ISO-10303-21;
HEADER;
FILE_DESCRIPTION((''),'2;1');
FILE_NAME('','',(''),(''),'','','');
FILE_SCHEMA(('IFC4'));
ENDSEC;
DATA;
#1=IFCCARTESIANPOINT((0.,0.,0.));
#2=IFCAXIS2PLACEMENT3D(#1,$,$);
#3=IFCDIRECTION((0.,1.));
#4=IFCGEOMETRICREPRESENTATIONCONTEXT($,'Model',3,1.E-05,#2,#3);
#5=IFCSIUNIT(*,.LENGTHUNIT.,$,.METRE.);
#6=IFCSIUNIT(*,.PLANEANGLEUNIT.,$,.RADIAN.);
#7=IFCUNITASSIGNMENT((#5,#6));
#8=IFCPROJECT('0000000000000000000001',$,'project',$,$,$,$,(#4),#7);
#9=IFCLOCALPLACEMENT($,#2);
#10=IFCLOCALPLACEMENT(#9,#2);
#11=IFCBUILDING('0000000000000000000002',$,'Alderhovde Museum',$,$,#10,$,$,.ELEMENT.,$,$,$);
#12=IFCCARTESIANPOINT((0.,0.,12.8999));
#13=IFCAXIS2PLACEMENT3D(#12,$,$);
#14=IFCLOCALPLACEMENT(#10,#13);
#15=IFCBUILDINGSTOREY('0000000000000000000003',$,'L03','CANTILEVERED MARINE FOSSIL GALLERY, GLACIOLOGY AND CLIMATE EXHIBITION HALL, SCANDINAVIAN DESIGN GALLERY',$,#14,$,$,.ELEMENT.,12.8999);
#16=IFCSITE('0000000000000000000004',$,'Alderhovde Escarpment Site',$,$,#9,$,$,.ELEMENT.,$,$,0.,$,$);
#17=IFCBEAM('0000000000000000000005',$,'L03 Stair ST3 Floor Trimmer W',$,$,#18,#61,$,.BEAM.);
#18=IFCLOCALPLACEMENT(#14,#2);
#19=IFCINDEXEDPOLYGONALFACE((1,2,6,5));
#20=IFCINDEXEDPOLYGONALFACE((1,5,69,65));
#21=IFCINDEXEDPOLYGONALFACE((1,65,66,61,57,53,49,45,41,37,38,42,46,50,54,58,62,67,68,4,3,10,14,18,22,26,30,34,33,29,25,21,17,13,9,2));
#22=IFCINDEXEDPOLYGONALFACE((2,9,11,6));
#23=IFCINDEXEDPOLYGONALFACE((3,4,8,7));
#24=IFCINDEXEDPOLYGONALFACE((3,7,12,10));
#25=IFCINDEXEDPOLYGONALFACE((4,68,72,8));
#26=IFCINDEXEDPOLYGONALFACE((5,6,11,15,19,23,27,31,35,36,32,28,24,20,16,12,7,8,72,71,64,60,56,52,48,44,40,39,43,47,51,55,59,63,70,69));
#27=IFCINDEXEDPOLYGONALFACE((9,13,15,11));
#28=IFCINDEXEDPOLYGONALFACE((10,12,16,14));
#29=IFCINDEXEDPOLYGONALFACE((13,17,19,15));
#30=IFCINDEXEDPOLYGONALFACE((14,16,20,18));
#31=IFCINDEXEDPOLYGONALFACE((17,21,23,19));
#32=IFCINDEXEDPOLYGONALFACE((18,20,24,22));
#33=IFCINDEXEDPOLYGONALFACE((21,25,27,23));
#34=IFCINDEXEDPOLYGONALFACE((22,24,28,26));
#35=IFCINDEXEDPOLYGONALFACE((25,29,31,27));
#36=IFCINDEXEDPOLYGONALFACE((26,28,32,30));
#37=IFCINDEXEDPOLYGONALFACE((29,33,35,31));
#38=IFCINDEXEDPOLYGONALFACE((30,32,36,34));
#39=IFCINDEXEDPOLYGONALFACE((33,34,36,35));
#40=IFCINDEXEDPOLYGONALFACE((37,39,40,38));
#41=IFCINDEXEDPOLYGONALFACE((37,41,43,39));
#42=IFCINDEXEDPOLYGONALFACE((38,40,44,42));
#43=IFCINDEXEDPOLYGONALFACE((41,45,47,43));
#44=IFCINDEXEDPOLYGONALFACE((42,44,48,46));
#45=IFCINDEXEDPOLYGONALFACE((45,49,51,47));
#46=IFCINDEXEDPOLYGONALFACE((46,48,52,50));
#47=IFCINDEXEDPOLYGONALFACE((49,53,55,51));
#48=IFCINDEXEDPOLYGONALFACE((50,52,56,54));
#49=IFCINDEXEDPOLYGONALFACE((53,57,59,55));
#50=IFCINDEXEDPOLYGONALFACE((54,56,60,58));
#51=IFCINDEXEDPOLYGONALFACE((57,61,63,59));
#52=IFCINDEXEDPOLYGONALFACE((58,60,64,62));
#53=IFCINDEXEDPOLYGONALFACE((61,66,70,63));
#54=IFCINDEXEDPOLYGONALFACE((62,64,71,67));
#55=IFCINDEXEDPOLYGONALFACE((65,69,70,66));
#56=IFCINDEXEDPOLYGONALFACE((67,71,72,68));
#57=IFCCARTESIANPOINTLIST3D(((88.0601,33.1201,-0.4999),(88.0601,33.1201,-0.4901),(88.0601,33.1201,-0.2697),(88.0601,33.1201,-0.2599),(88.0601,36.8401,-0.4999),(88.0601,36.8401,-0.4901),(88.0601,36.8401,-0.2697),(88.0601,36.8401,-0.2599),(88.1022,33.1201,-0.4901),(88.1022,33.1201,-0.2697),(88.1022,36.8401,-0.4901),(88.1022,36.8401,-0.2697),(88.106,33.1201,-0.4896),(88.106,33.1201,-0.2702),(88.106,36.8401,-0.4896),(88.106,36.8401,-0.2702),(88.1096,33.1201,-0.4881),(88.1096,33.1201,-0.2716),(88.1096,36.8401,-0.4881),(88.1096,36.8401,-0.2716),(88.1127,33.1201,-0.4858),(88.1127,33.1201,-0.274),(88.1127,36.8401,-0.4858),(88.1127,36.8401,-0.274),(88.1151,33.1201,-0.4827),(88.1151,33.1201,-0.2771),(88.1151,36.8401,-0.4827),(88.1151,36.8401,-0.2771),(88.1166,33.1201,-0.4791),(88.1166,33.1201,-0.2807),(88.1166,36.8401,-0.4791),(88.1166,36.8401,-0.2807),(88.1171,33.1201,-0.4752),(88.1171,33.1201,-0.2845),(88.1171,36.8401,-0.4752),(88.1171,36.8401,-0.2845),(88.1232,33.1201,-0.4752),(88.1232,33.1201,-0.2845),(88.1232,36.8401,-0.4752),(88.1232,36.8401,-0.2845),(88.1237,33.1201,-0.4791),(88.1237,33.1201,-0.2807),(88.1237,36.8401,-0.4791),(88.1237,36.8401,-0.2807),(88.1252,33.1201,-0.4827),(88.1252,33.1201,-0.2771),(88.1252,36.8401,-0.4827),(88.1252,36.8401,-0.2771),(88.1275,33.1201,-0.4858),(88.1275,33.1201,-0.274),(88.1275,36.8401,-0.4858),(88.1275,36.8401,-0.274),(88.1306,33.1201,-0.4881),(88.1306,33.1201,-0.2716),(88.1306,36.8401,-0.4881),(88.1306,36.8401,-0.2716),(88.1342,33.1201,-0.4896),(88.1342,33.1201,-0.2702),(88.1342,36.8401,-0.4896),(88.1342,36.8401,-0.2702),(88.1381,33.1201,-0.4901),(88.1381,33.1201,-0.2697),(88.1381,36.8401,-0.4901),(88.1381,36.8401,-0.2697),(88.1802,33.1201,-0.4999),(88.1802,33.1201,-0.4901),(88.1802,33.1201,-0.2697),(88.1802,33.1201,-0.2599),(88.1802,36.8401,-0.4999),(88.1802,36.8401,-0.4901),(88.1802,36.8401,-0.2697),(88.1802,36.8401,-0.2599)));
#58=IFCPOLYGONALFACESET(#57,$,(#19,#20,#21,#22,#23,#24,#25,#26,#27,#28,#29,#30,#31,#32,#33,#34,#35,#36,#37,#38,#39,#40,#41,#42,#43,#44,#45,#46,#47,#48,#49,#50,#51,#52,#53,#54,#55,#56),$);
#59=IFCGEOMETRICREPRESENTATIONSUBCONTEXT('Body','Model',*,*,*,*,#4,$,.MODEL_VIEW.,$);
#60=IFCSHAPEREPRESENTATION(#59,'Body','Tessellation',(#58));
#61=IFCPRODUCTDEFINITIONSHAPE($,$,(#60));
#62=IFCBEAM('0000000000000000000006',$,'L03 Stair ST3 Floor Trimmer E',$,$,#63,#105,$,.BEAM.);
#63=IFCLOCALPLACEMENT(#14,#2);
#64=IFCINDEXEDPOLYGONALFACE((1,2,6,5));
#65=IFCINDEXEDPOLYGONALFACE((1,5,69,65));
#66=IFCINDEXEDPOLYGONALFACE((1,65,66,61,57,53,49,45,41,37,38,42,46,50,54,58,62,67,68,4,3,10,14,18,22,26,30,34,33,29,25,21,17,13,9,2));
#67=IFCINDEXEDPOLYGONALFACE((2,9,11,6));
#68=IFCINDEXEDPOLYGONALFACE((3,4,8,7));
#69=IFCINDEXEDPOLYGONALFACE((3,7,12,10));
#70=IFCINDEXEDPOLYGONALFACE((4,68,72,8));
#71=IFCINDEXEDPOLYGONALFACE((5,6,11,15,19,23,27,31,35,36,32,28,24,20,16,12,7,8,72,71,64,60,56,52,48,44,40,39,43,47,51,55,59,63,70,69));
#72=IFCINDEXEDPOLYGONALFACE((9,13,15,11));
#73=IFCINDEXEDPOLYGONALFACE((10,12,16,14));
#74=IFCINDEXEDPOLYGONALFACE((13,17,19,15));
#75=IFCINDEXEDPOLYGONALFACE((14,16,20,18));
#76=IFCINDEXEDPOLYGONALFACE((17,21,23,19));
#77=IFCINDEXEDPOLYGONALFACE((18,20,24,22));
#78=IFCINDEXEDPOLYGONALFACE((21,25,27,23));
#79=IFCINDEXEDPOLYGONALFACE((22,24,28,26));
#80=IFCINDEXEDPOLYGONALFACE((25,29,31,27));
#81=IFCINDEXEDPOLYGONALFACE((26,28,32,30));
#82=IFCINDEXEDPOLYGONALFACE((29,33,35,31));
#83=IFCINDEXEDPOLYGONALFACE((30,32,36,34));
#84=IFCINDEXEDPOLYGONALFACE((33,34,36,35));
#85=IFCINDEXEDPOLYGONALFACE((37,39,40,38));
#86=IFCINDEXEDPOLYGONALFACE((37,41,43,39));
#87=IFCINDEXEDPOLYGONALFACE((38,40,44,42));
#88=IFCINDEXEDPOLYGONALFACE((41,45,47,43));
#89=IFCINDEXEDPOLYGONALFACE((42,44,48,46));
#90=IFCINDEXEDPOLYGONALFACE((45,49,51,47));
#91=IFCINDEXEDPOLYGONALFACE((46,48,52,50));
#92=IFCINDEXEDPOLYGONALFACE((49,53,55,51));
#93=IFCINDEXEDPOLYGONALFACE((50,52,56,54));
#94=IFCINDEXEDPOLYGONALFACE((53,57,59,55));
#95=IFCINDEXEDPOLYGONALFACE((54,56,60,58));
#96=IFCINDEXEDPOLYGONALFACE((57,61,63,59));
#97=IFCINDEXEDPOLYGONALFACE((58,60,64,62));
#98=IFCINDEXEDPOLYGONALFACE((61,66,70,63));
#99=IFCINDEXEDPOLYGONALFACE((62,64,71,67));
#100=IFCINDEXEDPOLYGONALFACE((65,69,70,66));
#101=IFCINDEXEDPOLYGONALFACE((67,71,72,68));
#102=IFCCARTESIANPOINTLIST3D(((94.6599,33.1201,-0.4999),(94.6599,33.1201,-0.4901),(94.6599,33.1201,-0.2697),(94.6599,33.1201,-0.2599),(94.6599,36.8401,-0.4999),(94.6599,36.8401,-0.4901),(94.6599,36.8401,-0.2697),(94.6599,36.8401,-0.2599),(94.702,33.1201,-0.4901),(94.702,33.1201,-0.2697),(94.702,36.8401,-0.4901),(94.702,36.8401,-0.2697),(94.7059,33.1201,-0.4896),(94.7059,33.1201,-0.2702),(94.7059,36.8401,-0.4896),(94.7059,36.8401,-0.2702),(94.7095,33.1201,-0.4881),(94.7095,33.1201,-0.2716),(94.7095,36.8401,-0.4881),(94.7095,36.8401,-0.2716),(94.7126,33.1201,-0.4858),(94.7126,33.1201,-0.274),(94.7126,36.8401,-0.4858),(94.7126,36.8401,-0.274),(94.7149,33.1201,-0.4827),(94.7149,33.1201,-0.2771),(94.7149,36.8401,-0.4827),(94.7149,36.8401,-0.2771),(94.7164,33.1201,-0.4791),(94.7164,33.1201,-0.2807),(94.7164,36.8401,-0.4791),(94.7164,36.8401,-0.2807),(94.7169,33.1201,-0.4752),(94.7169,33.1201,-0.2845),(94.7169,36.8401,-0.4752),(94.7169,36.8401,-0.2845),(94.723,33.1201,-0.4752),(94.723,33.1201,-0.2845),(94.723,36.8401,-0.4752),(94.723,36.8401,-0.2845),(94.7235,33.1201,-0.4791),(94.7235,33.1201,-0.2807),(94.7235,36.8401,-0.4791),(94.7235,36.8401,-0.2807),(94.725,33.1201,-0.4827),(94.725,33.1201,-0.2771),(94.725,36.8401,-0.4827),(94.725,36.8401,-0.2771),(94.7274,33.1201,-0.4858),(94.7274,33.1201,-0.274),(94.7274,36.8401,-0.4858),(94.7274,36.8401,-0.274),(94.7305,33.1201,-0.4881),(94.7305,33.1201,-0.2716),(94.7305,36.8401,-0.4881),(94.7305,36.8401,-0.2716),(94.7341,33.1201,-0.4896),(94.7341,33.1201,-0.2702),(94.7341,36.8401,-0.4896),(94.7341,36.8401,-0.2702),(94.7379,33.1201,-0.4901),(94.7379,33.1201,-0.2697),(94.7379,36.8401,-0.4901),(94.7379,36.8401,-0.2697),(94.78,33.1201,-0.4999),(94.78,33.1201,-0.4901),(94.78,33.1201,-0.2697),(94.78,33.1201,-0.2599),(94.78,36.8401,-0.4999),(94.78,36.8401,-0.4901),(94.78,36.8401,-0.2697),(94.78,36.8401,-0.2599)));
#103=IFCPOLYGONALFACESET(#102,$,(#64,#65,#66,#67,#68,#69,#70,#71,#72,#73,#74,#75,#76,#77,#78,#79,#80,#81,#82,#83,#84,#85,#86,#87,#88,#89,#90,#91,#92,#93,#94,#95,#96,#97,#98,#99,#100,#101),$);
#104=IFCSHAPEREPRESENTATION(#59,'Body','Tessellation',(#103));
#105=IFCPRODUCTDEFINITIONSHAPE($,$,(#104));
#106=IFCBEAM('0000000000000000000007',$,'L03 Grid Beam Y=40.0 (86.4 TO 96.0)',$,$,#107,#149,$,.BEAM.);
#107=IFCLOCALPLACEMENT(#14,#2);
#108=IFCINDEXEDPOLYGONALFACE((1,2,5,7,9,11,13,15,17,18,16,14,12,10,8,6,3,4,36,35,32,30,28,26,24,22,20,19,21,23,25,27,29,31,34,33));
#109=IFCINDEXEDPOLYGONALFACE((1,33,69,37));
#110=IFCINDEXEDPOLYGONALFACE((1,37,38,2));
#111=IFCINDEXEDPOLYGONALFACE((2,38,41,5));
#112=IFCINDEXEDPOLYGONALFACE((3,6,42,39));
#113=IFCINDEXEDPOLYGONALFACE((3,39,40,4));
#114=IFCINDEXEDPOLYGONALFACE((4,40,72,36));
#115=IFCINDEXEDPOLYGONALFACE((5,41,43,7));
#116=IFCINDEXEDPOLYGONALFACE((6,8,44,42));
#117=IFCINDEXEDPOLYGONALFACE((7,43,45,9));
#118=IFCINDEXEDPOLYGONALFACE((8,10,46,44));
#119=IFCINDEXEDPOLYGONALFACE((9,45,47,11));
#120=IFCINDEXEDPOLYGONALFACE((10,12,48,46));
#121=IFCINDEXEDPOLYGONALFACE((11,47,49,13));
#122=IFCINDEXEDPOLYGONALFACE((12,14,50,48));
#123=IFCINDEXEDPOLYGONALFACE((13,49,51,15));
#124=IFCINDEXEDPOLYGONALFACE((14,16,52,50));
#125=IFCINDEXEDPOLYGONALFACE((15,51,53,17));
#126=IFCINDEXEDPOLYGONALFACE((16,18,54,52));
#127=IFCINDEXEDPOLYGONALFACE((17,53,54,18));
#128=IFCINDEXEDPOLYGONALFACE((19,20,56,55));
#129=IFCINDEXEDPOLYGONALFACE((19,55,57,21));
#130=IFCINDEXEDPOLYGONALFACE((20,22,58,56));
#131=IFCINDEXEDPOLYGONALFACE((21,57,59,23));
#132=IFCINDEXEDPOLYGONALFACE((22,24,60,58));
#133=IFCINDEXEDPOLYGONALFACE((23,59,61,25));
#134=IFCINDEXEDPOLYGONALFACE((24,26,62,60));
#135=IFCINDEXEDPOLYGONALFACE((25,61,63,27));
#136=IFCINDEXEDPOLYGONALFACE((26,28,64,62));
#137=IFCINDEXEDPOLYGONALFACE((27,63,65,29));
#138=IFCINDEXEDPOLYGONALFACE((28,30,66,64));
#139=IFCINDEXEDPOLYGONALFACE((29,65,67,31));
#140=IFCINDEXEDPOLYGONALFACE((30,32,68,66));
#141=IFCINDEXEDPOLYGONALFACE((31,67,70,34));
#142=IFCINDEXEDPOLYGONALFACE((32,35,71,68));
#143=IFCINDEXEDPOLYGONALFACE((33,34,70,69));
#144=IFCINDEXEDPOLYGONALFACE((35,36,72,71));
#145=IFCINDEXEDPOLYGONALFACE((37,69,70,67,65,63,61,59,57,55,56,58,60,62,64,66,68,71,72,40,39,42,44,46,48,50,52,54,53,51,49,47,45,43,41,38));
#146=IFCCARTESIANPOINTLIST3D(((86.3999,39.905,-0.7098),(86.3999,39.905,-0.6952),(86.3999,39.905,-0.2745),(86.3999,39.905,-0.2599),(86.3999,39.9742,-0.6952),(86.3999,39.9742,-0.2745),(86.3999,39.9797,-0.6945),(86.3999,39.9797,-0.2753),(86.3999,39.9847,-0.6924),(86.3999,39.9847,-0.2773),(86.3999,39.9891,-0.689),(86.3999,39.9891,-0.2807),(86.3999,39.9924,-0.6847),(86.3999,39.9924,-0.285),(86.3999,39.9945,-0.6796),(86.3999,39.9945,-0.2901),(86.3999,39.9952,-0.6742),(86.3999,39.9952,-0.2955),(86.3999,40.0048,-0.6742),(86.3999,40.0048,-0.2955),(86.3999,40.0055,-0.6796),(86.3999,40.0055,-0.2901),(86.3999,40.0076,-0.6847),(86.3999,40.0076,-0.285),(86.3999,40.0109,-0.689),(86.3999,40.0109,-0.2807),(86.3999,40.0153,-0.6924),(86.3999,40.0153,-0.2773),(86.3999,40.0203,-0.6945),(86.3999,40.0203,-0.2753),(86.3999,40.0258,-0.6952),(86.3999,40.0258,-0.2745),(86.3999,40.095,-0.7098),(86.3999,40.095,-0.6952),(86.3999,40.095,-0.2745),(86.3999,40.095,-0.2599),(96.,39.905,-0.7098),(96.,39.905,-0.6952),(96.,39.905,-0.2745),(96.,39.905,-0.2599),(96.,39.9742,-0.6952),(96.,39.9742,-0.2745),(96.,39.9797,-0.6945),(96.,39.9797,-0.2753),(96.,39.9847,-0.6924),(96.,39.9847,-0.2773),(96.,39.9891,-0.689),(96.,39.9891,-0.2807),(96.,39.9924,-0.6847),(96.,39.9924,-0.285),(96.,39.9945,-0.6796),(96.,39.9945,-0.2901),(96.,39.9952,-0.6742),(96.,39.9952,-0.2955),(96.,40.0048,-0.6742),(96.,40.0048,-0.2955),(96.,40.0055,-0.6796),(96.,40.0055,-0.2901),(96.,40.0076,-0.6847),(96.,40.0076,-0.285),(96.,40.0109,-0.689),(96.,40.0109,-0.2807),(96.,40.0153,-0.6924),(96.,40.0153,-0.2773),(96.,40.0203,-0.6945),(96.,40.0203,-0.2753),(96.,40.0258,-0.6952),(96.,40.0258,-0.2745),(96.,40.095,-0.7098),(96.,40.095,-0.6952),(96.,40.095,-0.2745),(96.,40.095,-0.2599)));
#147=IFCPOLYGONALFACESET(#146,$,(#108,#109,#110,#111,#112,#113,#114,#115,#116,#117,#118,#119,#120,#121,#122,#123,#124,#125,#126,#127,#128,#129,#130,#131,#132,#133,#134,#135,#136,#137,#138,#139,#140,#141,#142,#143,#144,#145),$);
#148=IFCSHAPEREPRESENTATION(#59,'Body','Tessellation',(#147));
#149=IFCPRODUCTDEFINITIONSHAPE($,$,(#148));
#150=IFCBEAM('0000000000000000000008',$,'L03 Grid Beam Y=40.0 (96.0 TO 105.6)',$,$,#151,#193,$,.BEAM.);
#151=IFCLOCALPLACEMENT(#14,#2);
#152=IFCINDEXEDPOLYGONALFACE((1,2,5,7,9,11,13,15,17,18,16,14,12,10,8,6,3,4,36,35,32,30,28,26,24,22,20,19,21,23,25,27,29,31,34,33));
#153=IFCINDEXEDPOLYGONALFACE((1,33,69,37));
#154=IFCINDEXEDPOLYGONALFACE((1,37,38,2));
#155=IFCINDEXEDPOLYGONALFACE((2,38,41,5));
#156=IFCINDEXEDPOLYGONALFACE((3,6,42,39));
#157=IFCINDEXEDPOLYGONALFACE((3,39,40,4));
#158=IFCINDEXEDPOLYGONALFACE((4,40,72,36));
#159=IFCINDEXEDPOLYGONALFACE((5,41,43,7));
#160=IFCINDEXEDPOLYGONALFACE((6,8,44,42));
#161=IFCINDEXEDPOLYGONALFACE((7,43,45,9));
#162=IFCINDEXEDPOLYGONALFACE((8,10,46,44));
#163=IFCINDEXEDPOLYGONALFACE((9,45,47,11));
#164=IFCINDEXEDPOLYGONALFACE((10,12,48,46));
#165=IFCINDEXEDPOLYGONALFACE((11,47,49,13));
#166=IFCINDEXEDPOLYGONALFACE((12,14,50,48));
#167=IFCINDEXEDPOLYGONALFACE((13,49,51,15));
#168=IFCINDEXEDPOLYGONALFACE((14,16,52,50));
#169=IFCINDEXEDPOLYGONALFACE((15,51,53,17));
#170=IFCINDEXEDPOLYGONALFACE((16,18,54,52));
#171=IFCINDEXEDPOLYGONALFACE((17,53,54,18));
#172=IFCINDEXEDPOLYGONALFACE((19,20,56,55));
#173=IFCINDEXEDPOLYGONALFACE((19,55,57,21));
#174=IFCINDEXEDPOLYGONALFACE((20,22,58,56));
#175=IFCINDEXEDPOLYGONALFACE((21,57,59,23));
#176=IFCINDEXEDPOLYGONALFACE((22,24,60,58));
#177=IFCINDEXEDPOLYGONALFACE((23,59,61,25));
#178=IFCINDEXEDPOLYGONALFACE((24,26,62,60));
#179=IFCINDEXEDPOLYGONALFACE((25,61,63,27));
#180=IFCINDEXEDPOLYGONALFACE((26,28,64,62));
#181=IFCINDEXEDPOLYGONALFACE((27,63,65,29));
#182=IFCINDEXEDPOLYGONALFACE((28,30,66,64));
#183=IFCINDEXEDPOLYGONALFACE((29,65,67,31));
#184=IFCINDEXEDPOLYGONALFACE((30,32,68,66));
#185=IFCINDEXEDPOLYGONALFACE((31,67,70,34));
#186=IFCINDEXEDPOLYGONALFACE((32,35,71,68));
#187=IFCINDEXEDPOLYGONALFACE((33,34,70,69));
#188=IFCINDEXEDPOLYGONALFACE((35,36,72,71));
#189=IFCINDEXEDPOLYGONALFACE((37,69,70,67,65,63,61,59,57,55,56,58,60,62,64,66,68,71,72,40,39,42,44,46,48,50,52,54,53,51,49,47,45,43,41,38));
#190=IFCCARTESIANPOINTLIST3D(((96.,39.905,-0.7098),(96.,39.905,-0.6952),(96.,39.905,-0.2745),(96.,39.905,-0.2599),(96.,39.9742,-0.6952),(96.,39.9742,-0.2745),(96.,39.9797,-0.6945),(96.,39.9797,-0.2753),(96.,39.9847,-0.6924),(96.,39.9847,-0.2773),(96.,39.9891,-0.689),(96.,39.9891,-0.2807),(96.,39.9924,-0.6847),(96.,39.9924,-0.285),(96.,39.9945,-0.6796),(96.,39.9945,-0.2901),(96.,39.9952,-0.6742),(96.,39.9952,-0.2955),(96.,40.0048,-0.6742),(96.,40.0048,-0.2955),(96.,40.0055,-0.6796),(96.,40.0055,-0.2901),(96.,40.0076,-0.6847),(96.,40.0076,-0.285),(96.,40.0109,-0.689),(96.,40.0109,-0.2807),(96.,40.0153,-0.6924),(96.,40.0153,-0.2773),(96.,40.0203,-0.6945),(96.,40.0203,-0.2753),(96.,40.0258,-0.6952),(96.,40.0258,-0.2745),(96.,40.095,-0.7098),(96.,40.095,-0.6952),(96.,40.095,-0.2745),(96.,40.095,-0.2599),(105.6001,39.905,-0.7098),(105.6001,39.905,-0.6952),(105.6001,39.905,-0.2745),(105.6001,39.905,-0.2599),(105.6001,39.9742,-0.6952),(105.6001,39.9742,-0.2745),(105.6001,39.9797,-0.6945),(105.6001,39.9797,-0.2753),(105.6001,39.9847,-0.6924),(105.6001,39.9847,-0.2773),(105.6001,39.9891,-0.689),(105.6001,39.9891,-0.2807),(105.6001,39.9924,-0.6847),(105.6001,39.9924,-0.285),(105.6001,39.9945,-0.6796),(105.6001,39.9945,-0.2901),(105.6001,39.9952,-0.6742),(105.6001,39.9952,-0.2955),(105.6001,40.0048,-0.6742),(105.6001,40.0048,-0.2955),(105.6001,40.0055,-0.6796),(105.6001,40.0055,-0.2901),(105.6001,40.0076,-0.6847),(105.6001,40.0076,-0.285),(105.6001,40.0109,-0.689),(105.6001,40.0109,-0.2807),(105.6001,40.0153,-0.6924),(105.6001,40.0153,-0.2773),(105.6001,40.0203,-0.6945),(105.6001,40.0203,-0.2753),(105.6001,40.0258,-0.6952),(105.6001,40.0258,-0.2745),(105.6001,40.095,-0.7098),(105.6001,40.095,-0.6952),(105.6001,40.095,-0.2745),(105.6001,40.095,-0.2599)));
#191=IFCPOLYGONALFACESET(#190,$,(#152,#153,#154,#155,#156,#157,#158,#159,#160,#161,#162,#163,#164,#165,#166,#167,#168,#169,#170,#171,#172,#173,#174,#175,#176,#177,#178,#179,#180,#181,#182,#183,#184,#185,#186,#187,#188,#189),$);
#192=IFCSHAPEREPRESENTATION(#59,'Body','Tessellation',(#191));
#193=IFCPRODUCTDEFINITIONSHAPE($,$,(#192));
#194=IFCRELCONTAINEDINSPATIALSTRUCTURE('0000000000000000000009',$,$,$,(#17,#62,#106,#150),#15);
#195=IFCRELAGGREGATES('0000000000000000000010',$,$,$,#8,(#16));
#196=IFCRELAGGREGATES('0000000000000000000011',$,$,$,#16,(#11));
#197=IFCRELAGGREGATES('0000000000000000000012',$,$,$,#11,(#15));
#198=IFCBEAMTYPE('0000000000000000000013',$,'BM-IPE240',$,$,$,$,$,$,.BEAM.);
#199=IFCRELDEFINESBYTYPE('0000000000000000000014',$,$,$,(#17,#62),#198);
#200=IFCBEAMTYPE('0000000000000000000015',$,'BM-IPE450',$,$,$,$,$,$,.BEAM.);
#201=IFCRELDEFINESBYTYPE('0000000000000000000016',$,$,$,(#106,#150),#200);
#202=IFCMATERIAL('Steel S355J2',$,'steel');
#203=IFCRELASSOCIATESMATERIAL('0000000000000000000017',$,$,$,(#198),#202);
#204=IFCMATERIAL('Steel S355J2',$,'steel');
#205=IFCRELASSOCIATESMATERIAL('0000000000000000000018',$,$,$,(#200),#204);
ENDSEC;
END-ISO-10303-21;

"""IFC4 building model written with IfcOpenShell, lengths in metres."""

from ifc_helpers import new_model, si_unit, direction, frame, origin, origin_2d, place, context, subcontext, project, spatial, i_section, extrude, material, material_profile, profile_set, type_object, element, save


model = new_model("IFC4")

# Units and contexts
model_context = context("Model", 3, precision=1e-05, world=origin(), true_north=direction((0.0, 1.0)))
body_context = subcontext(model_context, "Body", "Model", "MODEL_VIEW")
ifc_project = project(units=[si_unit("LENGTHUNIT", "METRE"), si_unit("PLANEANGLEUNIT", "RADIAN")], contexts=[model_context])

# Site, building, storey
site_placement = place(None, origin())
site = spatial("IfcSite", under=ifc_project, at=site_placement, Name="Alderhovde Escarpment Site", CompositionType="ELEMENT", RefElevation=0.0)
building_placement = place(site_placement, origin())
building = spatial("IfcBuilding", under=site, at=building_placement, Name="Alderhovde Museum", CompositionType="ELEMENT")
storey_placement = place(building_placement, frame((0.0, 0.0, 12.8999)))
storey = spatial("IfcBuildingStorey", under=building, at=storey_placement, Name="L03", Description="CANTILEVERED MARINE FOSSIL GALLERY, GLACIOLOGY AND CLIMATE EXHIBITION HALL, SCANDINAVIAN DESIGN GALLERY", CompositionType="ELEMENT", Elevation=12.8999)

# Beams
ifc_material_1 = material(Name="Steel S355J2", Category="steel")
ifc_material_profile_1 = material_profile(ifc_material_1, i_section(OverallWidth=0.1201, OverallDepth=0.24, WebThickness=0.0061, FlangeThickness=0.0098, FilletRadius=0.0149, at=origin_2d()), Name="IPE 240")
ifc_profile_set_1 = profile_set([ifc_material_profile_1], Name="Steel S355J2")
beam_type_1 = type_object("IfcBeamType", Name="BM-IPE240", PredefinedType="BEAM", material=ifc_profile_set_1)
for number, where, z_axis, x_axis, name in (
    (1, (88.1201, 33.1201, -0.3799), (0.0, 1.0, 0.0), (-1.0, 0.0, 0.0), "L03 Stair ST3 Floor Trimmer W"),
    (2, (94.72, 33.1201, -0.3799), (0.0, 1.0, 0.0), (-1.0, 0.0, 0.0), "L03 Stair ST3 Floor Trimmer E"),
):
    element("IfcBeam", number, at=place(storey_placement, frame(where, z_axis=z_axis, x_axis=x_axis)), inside=storey, type_object=beam_type_1, Name=name, PredefinedType="BEAM", context=body_context, shape_type="SweptSolid", body=[
        extrude(i_section(OverallWidth=0.1201, OverallDepth=0.24, WebThickness=0.0061, FlangeThickness=0.0098, FilletRadius=0.0149, at=origin_2d()), origin(), (0.0, 0.0, 1.0), 3.72),
    ])
ifc_material_2 = material(Name="Steel S355J2", Category="steel")
ifc_material_profile_2 = material_profile(ifc_material_2, i_section(OverallWidth=0.1899, OverallDepth=0.45, WebThickness=0.0095, FlangeThickness=0.0146, FilletRadius=0.021, at=origin_2d()), Name="IPE 450")
ifc_profile_set_2 = profile_set([ifc_material_profile_2], Name="Steel S355J2")
beam_type_2 = type_object("IfcBeamType", Name="BM-IPE450", PredefinedType="BEAM", material=ifc_profile_set_2)
for number, where, z_axis, x_axis, name in (
    (3, (86.3999, 40.0, -0.4849), (1.0, 0.0, 0.0), (0.0, 1.0, 0.0), "L03 Grid Beam Y=40.0 (86.4 TO 96.0)"),
    (4, (96.0, 40.0, -0.4849), (1.0, 0.0, 0.0), (0.0, 1.0, 0.0), "L03 Grid Beam Y=40.0 (96.0 TO 105.6)"),
):
    element("IfcBeam", number, at=place(storey_placement, frame(where, z_axis=z_axis, x_axis=x_axis)), inside=storey, type_object=beam_type_2, Name=name, PredefinedType="BEAM", context=body_context, shape_type="SweptSolid", body=[
        extrude(i_section(OverallWidth=0.1899, OverallDepth=0.45, WebThickness=0.0095, FlangeThickness=0.0146, FilletRadius=0.021, at=origin_2d()), origin(), (0.0, 0.0, 1.0), 9.6001),
    ])

save(model, "model.ifc")
